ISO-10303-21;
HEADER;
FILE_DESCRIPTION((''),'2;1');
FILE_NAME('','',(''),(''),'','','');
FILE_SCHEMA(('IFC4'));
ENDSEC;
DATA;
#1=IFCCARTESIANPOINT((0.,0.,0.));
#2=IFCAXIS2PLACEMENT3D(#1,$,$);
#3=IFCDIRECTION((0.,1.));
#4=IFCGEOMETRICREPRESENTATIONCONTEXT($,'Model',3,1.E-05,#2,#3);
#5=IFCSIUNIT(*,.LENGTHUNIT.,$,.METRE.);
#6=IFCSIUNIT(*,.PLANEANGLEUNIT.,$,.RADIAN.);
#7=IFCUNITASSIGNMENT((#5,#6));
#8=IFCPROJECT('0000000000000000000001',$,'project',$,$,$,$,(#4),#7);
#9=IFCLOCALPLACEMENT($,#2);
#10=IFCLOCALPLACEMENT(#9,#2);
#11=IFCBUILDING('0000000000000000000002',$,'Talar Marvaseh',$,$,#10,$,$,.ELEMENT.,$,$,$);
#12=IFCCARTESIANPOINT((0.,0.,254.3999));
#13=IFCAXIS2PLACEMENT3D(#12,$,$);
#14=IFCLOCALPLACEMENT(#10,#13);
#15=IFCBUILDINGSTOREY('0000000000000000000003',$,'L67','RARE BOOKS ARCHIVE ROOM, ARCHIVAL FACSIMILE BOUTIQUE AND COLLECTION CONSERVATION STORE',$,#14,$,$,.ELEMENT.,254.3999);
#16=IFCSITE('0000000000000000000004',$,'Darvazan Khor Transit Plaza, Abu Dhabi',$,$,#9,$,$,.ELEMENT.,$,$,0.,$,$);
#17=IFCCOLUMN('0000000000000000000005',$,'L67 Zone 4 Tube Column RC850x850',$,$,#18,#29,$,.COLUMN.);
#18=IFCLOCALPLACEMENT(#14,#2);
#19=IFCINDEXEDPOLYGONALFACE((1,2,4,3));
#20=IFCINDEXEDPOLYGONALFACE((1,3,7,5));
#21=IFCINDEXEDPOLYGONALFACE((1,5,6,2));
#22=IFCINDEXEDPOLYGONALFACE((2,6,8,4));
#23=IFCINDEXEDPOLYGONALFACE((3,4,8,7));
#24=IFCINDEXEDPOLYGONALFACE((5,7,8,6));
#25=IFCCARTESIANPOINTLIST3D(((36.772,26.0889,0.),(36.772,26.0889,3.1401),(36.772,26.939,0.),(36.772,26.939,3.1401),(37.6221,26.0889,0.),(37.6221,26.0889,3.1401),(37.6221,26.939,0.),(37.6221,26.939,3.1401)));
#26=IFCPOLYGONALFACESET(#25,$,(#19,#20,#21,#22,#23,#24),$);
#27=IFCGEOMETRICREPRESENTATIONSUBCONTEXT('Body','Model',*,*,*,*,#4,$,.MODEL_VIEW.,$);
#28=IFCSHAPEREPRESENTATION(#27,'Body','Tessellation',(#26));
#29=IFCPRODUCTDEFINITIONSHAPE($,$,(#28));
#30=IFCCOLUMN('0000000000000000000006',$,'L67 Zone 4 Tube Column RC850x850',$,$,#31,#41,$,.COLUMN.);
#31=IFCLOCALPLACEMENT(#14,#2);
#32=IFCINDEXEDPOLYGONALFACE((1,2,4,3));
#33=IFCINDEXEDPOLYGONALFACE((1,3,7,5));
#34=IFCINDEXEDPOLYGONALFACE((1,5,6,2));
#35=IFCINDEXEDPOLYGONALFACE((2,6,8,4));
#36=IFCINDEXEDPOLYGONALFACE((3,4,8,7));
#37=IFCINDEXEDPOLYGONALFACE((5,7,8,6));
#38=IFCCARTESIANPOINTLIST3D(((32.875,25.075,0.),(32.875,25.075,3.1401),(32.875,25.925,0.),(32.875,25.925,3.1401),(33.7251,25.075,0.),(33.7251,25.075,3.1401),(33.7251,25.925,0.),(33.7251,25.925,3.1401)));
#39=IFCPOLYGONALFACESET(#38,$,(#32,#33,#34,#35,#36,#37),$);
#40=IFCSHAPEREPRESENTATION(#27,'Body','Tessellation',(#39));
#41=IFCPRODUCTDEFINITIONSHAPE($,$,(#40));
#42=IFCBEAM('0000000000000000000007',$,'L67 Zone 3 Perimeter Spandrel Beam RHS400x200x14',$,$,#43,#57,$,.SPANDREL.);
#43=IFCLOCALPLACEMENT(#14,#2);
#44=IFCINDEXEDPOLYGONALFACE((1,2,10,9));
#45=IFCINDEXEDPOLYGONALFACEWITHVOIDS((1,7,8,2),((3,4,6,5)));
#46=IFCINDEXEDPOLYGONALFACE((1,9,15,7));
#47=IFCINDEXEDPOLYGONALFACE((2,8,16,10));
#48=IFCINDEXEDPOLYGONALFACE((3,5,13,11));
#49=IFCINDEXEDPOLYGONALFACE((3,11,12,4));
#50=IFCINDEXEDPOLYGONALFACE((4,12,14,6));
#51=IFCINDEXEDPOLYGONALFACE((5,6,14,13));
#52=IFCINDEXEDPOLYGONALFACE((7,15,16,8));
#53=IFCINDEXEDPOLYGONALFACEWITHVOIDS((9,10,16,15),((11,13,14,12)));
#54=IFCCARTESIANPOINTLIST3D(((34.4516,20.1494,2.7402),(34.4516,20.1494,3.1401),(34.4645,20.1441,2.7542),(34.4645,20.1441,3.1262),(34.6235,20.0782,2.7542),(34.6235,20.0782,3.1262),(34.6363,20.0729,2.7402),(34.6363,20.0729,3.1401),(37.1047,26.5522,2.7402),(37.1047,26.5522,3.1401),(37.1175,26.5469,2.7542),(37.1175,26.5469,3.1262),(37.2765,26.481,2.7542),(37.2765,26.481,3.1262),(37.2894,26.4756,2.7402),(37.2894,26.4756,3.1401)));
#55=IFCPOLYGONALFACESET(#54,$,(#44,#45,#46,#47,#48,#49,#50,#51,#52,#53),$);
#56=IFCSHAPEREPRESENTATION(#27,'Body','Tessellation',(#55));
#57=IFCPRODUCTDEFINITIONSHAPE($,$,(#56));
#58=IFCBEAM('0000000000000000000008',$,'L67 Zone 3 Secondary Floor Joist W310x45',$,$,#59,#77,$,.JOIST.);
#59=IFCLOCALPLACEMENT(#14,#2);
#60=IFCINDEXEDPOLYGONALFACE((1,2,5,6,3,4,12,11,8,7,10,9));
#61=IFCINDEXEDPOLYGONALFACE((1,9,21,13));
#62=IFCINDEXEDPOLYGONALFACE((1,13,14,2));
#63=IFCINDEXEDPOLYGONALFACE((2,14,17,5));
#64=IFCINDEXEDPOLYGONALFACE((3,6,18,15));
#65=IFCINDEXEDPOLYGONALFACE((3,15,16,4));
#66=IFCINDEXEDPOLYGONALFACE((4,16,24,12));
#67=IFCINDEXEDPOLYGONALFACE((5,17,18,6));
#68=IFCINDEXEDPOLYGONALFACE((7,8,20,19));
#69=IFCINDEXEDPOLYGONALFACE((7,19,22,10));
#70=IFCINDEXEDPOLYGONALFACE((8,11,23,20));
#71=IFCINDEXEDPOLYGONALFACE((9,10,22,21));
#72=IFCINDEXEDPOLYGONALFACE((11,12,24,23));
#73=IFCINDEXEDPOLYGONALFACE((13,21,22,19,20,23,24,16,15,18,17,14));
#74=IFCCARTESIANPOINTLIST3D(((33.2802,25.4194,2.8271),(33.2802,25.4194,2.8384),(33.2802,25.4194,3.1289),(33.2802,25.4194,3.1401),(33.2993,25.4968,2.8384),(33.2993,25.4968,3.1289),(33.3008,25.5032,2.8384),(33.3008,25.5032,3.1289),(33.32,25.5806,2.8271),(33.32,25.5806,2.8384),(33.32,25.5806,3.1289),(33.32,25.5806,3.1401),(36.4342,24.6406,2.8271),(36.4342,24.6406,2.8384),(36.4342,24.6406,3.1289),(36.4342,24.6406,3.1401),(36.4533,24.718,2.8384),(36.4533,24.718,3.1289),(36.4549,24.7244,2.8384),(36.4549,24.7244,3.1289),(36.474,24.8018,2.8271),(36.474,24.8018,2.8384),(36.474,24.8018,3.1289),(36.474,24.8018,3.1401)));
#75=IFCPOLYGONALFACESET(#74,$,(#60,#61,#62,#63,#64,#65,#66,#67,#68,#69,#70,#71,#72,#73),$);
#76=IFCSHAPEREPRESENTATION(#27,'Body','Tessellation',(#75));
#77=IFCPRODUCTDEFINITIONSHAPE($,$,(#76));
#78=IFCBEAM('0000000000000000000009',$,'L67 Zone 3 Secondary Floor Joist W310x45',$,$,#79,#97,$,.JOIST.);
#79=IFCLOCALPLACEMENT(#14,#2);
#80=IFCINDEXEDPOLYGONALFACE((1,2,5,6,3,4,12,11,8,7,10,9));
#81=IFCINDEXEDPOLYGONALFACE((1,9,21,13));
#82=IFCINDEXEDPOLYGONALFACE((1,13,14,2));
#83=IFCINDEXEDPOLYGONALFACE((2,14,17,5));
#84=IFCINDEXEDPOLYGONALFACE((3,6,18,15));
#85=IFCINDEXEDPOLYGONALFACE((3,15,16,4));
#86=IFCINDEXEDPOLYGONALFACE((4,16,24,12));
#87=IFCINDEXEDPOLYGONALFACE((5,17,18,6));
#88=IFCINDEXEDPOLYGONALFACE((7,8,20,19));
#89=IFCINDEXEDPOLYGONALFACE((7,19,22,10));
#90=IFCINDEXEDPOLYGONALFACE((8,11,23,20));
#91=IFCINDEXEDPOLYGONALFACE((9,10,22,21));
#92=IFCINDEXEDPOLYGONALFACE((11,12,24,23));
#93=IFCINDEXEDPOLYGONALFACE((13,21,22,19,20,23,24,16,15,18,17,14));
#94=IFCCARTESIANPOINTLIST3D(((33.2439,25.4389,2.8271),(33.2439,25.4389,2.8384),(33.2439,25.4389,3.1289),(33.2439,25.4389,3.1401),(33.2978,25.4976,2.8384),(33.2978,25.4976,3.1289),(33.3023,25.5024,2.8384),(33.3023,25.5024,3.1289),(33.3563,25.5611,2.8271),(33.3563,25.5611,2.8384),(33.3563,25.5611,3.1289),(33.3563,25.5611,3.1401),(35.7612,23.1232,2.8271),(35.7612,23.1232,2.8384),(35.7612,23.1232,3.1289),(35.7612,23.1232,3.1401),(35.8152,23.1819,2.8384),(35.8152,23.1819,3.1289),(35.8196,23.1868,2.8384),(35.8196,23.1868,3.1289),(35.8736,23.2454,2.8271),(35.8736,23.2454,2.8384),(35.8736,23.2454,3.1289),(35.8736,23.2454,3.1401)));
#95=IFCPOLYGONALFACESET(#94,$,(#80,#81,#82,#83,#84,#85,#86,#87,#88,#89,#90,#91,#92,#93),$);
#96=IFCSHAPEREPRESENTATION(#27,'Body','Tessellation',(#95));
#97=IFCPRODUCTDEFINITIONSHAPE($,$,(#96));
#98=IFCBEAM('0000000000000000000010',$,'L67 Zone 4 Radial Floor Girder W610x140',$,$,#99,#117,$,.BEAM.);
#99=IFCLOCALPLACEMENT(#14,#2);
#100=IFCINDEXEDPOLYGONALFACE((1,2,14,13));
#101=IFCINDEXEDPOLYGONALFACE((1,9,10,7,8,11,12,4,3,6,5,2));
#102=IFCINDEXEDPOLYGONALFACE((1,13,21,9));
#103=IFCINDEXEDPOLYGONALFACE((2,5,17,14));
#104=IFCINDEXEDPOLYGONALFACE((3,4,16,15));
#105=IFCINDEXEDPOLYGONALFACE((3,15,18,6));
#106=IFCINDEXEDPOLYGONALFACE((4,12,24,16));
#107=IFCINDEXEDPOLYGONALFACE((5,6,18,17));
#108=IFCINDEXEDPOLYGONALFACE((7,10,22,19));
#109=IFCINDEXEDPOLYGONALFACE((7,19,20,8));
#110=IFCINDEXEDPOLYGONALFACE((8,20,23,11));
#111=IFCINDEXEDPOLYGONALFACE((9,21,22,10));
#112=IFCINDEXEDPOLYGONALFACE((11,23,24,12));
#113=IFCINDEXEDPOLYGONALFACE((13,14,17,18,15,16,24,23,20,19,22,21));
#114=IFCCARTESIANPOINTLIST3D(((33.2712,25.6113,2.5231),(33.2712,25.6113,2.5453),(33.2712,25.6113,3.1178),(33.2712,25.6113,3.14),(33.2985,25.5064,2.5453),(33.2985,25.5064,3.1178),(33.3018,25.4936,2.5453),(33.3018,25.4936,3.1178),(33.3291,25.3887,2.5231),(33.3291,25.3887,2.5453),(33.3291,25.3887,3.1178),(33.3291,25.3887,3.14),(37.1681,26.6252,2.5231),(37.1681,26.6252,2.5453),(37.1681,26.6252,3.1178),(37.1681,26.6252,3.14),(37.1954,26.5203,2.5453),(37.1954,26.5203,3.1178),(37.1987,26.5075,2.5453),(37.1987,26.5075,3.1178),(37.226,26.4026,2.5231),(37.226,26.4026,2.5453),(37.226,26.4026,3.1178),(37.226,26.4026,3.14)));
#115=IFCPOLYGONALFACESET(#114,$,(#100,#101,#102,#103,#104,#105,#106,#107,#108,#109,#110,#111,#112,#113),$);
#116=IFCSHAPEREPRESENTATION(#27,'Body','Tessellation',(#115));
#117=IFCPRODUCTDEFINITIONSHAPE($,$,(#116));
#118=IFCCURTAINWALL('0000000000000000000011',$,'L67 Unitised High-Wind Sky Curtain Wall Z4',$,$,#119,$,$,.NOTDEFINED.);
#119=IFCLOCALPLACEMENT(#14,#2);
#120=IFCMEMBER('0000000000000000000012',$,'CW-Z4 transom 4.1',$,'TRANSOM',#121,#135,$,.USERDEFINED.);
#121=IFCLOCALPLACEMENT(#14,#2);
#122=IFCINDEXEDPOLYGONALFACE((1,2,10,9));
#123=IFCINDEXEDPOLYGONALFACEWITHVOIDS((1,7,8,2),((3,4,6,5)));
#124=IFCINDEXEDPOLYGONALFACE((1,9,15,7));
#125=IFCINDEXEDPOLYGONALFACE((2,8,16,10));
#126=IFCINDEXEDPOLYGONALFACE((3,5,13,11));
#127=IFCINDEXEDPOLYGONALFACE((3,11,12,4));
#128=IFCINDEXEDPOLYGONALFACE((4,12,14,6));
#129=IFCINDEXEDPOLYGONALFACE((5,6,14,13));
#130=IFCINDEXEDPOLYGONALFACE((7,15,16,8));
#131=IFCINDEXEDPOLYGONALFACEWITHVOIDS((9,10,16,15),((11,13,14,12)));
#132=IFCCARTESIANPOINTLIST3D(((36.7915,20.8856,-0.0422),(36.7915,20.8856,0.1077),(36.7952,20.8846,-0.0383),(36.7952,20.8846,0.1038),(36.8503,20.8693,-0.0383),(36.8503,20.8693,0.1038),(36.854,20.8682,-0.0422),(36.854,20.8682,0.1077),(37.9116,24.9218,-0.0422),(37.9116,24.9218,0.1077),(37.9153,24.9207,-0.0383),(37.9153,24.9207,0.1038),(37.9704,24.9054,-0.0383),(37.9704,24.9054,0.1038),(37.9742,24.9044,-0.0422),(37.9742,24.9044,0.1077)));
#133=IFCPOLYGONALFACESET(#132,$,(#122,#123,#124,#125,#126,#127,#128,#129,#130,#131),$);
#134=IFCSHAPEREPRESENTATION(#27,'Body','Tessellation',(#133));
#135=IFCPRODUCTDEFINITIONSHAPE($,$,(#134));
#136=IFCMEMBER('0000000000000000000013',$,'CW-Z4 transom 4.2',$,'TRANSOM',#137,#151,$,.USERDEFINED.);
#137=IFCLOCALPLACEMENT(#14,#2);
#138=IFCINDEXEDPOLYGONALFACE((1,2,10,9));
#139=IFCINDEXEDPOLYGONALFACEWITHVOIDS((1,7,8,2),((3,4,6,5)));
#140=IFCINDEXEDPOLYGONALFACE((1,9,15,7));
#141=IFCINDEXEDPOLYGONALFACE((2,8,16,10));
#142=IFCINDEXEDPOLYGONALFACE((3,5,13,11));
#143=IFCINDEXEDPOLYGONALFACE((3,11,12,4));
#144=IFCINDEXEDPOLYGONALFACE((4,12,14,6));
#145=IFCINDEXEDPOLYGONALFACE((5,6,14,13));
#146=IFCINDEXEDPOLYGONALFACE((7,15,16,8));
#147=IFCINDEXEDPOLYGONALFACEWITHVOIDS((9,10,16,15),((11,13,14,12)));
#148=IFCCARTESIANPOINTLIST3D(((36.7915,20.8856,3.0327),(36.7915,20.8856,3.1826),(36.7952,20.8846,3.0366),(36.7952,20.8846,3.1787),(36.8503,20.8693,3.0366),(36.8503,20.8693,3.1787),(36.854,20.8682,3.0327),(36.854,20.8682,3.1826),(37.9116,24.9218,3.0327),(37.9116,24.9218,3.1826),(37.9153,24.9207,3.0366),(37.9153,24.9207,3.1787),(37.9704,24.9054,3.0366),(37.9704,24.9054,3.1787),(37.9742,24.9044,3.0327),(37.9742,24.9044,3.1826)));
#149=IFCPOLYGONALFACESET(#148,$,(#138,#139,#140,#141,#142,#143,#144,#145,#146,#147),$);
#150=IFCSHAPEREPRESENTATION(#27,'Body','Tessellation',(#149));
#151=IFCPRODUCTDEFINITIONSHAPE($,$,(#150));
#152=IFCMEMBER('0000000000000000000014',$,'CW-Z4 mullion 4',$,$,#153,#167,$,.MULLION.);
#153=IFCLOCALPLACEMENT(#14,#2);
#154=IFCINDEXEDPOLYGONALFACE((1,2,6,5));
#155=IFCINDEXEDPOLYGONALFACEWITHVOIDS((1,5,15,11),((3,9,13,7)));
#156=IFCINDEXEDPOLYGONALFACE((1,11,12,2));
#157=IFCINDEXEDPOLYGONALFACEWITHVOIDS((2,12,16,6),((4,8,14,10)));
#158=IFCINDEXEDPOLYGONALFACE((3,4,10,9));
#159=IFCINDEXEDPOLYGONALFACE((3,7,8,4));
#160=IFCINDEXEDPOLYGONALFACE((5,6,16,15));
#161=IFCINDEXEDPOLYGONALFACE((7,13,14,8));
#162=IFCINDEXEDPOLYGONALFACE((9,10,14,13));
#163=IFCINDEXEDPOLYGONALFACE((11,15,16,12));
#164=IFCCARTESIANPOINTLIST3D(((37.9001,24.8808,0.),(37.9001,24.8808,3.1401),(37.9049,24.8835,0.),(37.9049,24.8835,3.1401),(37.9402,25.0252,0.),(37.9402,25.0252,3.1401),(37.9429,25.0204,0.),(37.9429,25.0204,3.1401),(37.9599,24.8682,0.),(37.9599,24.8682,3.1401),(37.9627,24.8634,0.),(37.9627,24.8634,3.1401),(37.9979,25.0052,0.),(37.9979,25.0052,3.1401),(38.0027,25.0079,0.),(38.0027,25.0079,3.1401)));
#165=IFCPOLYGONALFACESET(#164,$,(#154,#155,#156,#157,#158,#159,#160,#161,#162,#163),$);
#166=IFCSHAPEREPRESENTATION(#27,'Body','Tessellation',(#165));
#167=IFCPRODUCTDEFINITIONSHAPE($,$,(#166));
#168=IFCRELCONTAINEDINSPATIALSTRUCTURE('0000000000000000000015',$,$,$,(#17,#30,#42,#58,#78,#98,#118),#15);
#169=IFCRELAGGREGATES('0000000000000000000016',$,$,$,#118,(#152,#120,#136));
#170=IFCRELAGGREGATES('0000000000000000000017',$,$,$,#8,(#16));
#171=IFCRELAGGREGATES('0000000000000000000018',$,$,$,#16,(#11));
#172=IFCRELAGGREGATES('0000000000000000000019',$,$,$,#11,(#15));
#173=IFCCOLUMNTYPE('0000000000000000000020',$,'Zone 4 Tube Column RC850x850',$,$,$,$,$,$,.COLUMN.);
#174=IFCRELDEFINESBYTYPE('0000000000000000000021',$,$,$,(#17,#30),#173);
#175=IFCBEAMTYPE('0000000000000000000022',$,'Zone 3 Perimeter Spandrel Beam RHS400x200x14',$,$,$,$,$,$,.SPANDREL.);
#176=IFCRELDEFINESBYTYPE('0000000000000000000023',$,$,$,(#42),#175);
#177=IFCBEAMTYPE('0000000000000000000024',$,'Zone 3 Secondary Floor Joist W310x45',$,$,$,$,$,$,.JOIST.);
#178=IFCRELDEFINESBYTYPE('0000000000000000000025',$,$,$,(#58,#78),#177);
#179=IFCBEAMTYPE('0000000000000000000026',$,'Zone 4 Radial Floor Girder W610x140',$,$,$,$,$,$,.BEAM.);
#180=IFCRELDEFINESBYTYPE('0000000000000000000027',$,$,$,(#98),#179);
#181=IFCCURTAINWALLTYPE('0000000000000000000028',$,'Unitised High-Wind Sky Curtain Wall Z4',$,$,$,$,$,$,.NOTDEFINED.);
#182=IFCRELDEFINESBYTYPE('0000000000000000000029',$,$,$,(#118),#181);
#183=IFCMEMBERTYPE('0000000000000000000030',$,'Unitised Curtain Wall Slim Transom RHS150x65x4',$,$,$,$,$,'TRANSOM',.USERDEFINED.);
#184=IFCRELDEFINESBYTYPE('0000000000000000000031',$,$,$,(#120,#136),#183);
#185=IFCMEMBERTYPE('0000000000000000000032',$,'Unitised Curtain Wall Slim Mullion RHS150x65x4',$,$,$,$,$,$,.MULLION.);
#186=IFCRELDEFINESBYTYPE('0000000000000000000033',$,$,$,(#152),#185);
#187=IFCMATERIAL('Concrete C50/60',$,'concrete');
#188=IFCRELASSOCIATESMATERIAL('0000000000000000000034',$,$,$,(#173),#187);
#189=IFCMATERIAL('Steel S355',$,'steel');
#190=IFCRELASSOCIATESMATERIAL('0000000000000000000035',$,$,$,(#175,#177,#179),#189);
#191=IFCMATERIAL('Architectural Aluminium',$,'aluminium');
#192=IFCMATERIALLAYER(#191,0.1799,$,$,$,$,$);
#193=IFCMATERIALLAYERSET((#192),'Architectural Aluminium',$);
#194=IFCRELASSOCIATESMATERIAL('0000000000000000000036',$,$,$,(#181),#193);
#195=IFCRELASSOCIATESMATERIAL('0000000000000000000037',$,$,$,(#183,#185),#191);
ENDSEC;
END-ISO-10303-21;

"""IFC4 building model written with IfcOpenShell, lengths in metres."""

from ifc_helpers import new_model, si_unit, direction, frame, origin, origin_2d, place, context, subcontext, project, spatial, rectangle, hollow_rectangle, i_section, extrude, source, transform, mapped, material, layer, layer_set, material_profile, profile_set, type_object, type_shapes, element, aggregate, save


model = new_model("IFC4")

# Units and contexts
model_context = context("Model", 3, precision=1e-05, world=origin(), true_north=direction((0.0, 1.0)))
body_context = subcontext(model_context, "Body", "Model", "MODEL_VIEW")
ifc_project = project(units=[si_unit("LENGTHUNIT", "METRE"), si_unit("PLANEANGLEUNIT", "RADIAN")], contexts=[model_context])

# Site, building, storey
site_placement = place(None, origin())
site = spatial("IfcSite", under=ifc_project, at=site_placement, Name="Darvazan Khor Transit Plaza, Abu Dhabi", CompositionType="ELEMENT", RefElevation=0.0)
building_placement = place(site_placement, origin())
building = spatial("IfcBuilding", under=site, at=building_placement, Name="Talar Marvaseh", CompositionType="ELEMENT")
storey_placement = place(building_placement, frame((0.0, 0.0, 254.3999)))
storey = spatial("IfcBuildingStorey", under=building, at=storey_placement, Name="L67", Description="RARE BOOKS ARCHIVE ROOM, ARCHIVAL FACSIMILE BOUTIQUE AND COLLECTION CONSERVATION STORE", CompositionType="ELEMENT", Elevation=254.3999)

# Columns
ifc_material_1 = material(Name="Concrete C50/60", Category="concrete")
ifc_material_profile_1 = material_profile(ifc_material_1, rectangle(XDim=0.8501, YDim=0.8501, at=origin_2d()), Name="RC850x850")
ifc_profile_set_1 = profile_set([ifc_material_profile_1], Name="Concrete C50/60")
column_type = type_object("IfcColumnType", Name="Zone 4 Tube Column RC850x850", PredefinedType="COLUMN", material=ifc_profile_set_1)
for number, where, z_axis, x_axis, name in (
    (1, (37.197, 26.5139, 0.0), (0.0, 0.0, 1.0), (1.0, 0.0, 0.0), "L67 Zone 4 Tube Column RC850x850"),
    (2, (33.3, 25.5, 0.0), (0.0, 0.0, 1.0), (1.0, 0.0, 0.0), "L67 Zone 4 Tube Column RC850x850"),
):
    element("IfcColumn", number, at=place(storey_placement, frame(where, z_axis=z_axis, x_axis=x_axis)), inside=storey, type_object=column_type, Name=name, PredefinedType="COLUMN", context=body_context, shape_type="SweptSolid", body=[
        extrude(rectangle(XDim=0.8501, YDim=0.8501, at=origin_2d()), origin(), (0.0, 0.0, 1.0), 3.1401),
    ])

# Beams
ifc_material_2 = material(Name="Steel S355", Category="steel")
ifc_material_profile_2 = material_profile(ifc_material_2, hollow_rectangle(XDim=0.2, YDim=0.3999, WallThickness=0.0139, at=origin_2d()), Name="RHS400x200x14")
ifc_profile_set_2 = profile_set([ifc_material_profile_2], Name="Steel S355")
beam_type_1 = type_object("IfcBeamType", Name="Zone 3 Perimeter Spandrel Beam RHS400x200x14", PredefinedType="SPANDREL", material=ifc_profile_set_2)
beam_1_placement = place(storey_placement, frame((37.197, 26.5139, 2.9402), z_axis=(-0.382799, -0.923832, 0.0), x_axis=(0.923832, -0.382799, 0.0)))
element("IfcBeam", 3, at=beam_1_placement, inside=storey, type_object=beam_type_1, Name="L67 Zone 3 Perimeter Spandrel Beam RHS400x200x14", PredefinedType="SPANDREL", context=body_context, shape_type="SweptSolid", body=[
    extrude(hollow_rectangle(XDim=0.2, YDim=0.3999, WallThickness=0.0139, at=origin_2d()), origin(), (0.0, 0.0, 1.0), 6.9307),
])
ifc_material_profile_3 = material_profile(ifc_material_2, i_section(OverallWidth=0.166, OverallDepth=0.313, WebThickness=0.0066, FlangeThickness=0.0112, at=origin_2d()), Name="W310x45")
ifc_profile_set_3 = profile_set([ifc_material_profile_3], Name="Steel S355")
beam_type_2 = type_object("IfcBeamType", Name="Zone 3 Secondary Floor Joist W310x45", PredefinedType="JOIST", material=ifc_profile_set_3)
beam_2_placement = place(storey_placement, frame((36.4541, 24.7212, 2.9836), z_axis=(-0.970841, 0.239723, 0.0), x_axis=(-0.239723, -0.970841, 0.0)))
element("IfcBeam", 4, at=beam_2_placement, inside=storey, type_object=beam_type_2, Name="L67 Zone 3 Secondary Floor Joist W310x45", PredefinedType="JOIST", context=body_context, shape_type="SweptSolid", body=[
    extrude(i_section(OverallWidth=0.166, OverallDepth=0.313, WebThickness=0.0066, FlangeThickness=0.0112, at=origin_2d()), origin(), (0.0, 0.0, 1.0), 3.2488),
])
beam_3_placement = place(storey_placement, frame((35.8174, 23.1843, 2.9836), z_axis=(-0.735971, 0.677013, 0.0), x_axis=(-0.677013, -0.735971, 0.0)))
element("IfcBeam", 5, at=beam_3_placement, inside=storey, type_object=beam_type_2, Name="L67 Zone 3 Secondary Floor Joist W310x45", PredefinedType="JOIST", context=body_context, shape_type="SweptSolid", body=[
    extrude(i_section(OverallWidth=0.166, OverallDepth=0.313, WebThickness=0.0066, FlangeThickness=0.0112, at=origin_2d()), origin(), (0.0, 0.0, 1.0), 3.4204),
])
ifc_material_profile_4 = material_profile(ifc_material_2, i_section(OverallWidth=0.23, OverallDepth=0.6169, WebThickness=0.0132, FlangeThickness=0.0222, at=origin_2d()), Name="W610x140")
ifc_profile_set_4 = profile_set([ifc_material_profile_4], Name="Steel S355")
beam_type_3 = type_object("IfcBeamType", Name="Zone 4 Radial Floor Girder W610x140", PredefinedType="BEAM", material=ifc_profile_set_4)
beam_4_placement = place(storey_placement, frame((37.197, 26.5139, 2.8315), z_axis=(-0.96778, -0.251797, 0.0), x_axis=(0.251797, -0.96778, 0.0)))
element("IfcBeam", 6, at=beam_4_placement, inside=storey, type_object=beam_type_3, Name="L67 Zone 4 Radial Floor Girder W610x140", PredefinedType="BEAM", context=body_context, shape_type="SweptSolid", body=[
    extrude(i_section(OverallWidth=0.23, OverallDepth=0.6169, WebThickness=0.0132, FlangeThickness=0.0222, at=origin_2d()), origin(), (0.0, 0.0, 1.0), 4.0266),
])

# Curtain wall, members
ifc_material_3 = material(Name="Architectural Aluminium", Category="aluminium")
ifc_layer_1 = layer(ifc_material_3, 0.1799)
ifc_layer_set_1 = layer_set([ifc_layer_1], Name="Architectural Aluminium")
curtain_wall_type = type_object("IfcCurtainWallType", Name="Unitised High-Wind Sky Curtain Wall Z4", PredefinedType="NOTDEFINED", material=ifc_layer_set_1)
curtain_wall_placement = place(storey_placement, origin())
curtain_wall = element("IfcCurtainWall", 7, at=curtain_wall_placement, inside=storey, type_object=curtain_wall_type, Name="L67 Unitised High-Wind Sky Curtain Wall Z4", PredefinedType="NOTDEFINED")
ifc_material_profile_5 = material_profile(ifc_material_3, hollow_rectangle(XDim=0.0649, YDim=0.1499, WallThickness=0.0039, at=origin_2d()), Name="RHS150x65x4")
ifc_profile_set_5 = profile_set([ifc_material_profile_5], Name="Architectural Aluminium")
member_type_1 = type_object("IfcMemberType", Name="Unitised Curtain Wall Slim Transom RHS150x65x4", ElementType="TRANSOM", PredefinedType="USERDEFINED", material=ifc_profile_set_5)
shared_shape_1 = source(origin(), body_context, "Body", "SweptSolid", [
    extrude(hollow_rectangle(XDim=0.0649, YDim=0.1499, WallThickness=0.0039, at=origin_2d()), origin(), (0.0, 0.0, 1.0), 4.1887),
])
type_shapes(member_type_1, [shared_shape_1])
member_1_placement = place(storey_placement, frame((37.9429, 24.9131, 0.0327), z_axis=(-0.267415, -0.963581, 0.0), x_axis=(0.963581, -0.267415, 0.0)))
member_1 = element("IfcMember", 8, at=member_1_placement, type_object=member_type_1, Name="CW-Z4 transom 4.1", ObjectType="TRANSOM", PredefinedType="USERDEFINED", context=body_context, shape_type="MappedRepresentation", body=[
    mapped(shared_shape_1, transform((0.0, 0.0, 0.0), x_axis=(1.0, 0.0, 0.0), y_axis=(0.0, 1.0, 0.0), z_axis=(0.0, 0.0, 1.0), scale=1.0)),
])
member_2_placement = place(storey_placement, frame((37.9429, 24.9131, 3.1077), z_axis=(-0.267415, -0.963581, 0.0), x_axis=(0.963581, -0.267415, 0.0)))
member_2 = element("IfcMember", 9, at=member_2_placement, type_object=member_type_1, Name="CW-Z4 transom 4.2", ObjectType="TRANSOM", PredefinedType="USERDEFINED", context=body_context, shape_type="MappedRepresentation", body=[
    mapped(shared_shape_1, transform((0.0, 0.0, 0.0), x_axis=(1.0, 0.0, 0.0), y_axis=(0.0, 1.0, 0.0), z_axis=(0.0, 0.0, 1.0), scale=1.0)),
])
ifc_material_profile_6 = material_profile(ifc_material_3, hollow_rectangle(XDim=0.0649, YDim=0.1499, WallThickness=0.0039, at=origin_2d()), Name="RHS150x65x4")
ifc_profile_set_6 = profile_set([ifc_material_profile_6], Name="Architectural Aluminium")
member_type_2 = type_object("IfcMemberType", Name="Unitised Curtain Wall Slim Mullion RHS150x65x4", PredefinedType="MULLION", material=ifc_profile_set_6)
shared_shape_2 = source(origin(), body_context, "Body", "SweptSolid", [
    extrude(hollow_rectangle(XDim=0.0649, YDim=0.1499, WallThickness=0.0039, at=origin_2d()), origin(), (0.0, 0.0, 1.0), 3.1401),
])
type_shapes(member_type_2, [shared_shape_2])
member_3_placement = place(storey_placement, frame((37.9514, 24.9443, 0.0), z_axis=(0.0, 0.0, 1.0), x_axis=(0.963588, -0.26739, 0.0)))
member_3 = element("IfcMember", 10, at=member_3_placement, type_object=member_type_2, Name="CW-Z4 mullion 4", PredefinedType="MULLION", context=body_context, shape_type="MappedRepresentation", body=[
    mapped(shared_shape_2, transform((0.0, 0.0, 0.0), x_axis=(1.0, 0.0, 0.0), y_axis=(0.0, 1.0, 0.0), z_axis=(0.0, 0.0, 1.0), scale=1.0)),
])
aggregate(curtain_wall, [member_3, member_1, member_2])

save(model, "model.ifc")
